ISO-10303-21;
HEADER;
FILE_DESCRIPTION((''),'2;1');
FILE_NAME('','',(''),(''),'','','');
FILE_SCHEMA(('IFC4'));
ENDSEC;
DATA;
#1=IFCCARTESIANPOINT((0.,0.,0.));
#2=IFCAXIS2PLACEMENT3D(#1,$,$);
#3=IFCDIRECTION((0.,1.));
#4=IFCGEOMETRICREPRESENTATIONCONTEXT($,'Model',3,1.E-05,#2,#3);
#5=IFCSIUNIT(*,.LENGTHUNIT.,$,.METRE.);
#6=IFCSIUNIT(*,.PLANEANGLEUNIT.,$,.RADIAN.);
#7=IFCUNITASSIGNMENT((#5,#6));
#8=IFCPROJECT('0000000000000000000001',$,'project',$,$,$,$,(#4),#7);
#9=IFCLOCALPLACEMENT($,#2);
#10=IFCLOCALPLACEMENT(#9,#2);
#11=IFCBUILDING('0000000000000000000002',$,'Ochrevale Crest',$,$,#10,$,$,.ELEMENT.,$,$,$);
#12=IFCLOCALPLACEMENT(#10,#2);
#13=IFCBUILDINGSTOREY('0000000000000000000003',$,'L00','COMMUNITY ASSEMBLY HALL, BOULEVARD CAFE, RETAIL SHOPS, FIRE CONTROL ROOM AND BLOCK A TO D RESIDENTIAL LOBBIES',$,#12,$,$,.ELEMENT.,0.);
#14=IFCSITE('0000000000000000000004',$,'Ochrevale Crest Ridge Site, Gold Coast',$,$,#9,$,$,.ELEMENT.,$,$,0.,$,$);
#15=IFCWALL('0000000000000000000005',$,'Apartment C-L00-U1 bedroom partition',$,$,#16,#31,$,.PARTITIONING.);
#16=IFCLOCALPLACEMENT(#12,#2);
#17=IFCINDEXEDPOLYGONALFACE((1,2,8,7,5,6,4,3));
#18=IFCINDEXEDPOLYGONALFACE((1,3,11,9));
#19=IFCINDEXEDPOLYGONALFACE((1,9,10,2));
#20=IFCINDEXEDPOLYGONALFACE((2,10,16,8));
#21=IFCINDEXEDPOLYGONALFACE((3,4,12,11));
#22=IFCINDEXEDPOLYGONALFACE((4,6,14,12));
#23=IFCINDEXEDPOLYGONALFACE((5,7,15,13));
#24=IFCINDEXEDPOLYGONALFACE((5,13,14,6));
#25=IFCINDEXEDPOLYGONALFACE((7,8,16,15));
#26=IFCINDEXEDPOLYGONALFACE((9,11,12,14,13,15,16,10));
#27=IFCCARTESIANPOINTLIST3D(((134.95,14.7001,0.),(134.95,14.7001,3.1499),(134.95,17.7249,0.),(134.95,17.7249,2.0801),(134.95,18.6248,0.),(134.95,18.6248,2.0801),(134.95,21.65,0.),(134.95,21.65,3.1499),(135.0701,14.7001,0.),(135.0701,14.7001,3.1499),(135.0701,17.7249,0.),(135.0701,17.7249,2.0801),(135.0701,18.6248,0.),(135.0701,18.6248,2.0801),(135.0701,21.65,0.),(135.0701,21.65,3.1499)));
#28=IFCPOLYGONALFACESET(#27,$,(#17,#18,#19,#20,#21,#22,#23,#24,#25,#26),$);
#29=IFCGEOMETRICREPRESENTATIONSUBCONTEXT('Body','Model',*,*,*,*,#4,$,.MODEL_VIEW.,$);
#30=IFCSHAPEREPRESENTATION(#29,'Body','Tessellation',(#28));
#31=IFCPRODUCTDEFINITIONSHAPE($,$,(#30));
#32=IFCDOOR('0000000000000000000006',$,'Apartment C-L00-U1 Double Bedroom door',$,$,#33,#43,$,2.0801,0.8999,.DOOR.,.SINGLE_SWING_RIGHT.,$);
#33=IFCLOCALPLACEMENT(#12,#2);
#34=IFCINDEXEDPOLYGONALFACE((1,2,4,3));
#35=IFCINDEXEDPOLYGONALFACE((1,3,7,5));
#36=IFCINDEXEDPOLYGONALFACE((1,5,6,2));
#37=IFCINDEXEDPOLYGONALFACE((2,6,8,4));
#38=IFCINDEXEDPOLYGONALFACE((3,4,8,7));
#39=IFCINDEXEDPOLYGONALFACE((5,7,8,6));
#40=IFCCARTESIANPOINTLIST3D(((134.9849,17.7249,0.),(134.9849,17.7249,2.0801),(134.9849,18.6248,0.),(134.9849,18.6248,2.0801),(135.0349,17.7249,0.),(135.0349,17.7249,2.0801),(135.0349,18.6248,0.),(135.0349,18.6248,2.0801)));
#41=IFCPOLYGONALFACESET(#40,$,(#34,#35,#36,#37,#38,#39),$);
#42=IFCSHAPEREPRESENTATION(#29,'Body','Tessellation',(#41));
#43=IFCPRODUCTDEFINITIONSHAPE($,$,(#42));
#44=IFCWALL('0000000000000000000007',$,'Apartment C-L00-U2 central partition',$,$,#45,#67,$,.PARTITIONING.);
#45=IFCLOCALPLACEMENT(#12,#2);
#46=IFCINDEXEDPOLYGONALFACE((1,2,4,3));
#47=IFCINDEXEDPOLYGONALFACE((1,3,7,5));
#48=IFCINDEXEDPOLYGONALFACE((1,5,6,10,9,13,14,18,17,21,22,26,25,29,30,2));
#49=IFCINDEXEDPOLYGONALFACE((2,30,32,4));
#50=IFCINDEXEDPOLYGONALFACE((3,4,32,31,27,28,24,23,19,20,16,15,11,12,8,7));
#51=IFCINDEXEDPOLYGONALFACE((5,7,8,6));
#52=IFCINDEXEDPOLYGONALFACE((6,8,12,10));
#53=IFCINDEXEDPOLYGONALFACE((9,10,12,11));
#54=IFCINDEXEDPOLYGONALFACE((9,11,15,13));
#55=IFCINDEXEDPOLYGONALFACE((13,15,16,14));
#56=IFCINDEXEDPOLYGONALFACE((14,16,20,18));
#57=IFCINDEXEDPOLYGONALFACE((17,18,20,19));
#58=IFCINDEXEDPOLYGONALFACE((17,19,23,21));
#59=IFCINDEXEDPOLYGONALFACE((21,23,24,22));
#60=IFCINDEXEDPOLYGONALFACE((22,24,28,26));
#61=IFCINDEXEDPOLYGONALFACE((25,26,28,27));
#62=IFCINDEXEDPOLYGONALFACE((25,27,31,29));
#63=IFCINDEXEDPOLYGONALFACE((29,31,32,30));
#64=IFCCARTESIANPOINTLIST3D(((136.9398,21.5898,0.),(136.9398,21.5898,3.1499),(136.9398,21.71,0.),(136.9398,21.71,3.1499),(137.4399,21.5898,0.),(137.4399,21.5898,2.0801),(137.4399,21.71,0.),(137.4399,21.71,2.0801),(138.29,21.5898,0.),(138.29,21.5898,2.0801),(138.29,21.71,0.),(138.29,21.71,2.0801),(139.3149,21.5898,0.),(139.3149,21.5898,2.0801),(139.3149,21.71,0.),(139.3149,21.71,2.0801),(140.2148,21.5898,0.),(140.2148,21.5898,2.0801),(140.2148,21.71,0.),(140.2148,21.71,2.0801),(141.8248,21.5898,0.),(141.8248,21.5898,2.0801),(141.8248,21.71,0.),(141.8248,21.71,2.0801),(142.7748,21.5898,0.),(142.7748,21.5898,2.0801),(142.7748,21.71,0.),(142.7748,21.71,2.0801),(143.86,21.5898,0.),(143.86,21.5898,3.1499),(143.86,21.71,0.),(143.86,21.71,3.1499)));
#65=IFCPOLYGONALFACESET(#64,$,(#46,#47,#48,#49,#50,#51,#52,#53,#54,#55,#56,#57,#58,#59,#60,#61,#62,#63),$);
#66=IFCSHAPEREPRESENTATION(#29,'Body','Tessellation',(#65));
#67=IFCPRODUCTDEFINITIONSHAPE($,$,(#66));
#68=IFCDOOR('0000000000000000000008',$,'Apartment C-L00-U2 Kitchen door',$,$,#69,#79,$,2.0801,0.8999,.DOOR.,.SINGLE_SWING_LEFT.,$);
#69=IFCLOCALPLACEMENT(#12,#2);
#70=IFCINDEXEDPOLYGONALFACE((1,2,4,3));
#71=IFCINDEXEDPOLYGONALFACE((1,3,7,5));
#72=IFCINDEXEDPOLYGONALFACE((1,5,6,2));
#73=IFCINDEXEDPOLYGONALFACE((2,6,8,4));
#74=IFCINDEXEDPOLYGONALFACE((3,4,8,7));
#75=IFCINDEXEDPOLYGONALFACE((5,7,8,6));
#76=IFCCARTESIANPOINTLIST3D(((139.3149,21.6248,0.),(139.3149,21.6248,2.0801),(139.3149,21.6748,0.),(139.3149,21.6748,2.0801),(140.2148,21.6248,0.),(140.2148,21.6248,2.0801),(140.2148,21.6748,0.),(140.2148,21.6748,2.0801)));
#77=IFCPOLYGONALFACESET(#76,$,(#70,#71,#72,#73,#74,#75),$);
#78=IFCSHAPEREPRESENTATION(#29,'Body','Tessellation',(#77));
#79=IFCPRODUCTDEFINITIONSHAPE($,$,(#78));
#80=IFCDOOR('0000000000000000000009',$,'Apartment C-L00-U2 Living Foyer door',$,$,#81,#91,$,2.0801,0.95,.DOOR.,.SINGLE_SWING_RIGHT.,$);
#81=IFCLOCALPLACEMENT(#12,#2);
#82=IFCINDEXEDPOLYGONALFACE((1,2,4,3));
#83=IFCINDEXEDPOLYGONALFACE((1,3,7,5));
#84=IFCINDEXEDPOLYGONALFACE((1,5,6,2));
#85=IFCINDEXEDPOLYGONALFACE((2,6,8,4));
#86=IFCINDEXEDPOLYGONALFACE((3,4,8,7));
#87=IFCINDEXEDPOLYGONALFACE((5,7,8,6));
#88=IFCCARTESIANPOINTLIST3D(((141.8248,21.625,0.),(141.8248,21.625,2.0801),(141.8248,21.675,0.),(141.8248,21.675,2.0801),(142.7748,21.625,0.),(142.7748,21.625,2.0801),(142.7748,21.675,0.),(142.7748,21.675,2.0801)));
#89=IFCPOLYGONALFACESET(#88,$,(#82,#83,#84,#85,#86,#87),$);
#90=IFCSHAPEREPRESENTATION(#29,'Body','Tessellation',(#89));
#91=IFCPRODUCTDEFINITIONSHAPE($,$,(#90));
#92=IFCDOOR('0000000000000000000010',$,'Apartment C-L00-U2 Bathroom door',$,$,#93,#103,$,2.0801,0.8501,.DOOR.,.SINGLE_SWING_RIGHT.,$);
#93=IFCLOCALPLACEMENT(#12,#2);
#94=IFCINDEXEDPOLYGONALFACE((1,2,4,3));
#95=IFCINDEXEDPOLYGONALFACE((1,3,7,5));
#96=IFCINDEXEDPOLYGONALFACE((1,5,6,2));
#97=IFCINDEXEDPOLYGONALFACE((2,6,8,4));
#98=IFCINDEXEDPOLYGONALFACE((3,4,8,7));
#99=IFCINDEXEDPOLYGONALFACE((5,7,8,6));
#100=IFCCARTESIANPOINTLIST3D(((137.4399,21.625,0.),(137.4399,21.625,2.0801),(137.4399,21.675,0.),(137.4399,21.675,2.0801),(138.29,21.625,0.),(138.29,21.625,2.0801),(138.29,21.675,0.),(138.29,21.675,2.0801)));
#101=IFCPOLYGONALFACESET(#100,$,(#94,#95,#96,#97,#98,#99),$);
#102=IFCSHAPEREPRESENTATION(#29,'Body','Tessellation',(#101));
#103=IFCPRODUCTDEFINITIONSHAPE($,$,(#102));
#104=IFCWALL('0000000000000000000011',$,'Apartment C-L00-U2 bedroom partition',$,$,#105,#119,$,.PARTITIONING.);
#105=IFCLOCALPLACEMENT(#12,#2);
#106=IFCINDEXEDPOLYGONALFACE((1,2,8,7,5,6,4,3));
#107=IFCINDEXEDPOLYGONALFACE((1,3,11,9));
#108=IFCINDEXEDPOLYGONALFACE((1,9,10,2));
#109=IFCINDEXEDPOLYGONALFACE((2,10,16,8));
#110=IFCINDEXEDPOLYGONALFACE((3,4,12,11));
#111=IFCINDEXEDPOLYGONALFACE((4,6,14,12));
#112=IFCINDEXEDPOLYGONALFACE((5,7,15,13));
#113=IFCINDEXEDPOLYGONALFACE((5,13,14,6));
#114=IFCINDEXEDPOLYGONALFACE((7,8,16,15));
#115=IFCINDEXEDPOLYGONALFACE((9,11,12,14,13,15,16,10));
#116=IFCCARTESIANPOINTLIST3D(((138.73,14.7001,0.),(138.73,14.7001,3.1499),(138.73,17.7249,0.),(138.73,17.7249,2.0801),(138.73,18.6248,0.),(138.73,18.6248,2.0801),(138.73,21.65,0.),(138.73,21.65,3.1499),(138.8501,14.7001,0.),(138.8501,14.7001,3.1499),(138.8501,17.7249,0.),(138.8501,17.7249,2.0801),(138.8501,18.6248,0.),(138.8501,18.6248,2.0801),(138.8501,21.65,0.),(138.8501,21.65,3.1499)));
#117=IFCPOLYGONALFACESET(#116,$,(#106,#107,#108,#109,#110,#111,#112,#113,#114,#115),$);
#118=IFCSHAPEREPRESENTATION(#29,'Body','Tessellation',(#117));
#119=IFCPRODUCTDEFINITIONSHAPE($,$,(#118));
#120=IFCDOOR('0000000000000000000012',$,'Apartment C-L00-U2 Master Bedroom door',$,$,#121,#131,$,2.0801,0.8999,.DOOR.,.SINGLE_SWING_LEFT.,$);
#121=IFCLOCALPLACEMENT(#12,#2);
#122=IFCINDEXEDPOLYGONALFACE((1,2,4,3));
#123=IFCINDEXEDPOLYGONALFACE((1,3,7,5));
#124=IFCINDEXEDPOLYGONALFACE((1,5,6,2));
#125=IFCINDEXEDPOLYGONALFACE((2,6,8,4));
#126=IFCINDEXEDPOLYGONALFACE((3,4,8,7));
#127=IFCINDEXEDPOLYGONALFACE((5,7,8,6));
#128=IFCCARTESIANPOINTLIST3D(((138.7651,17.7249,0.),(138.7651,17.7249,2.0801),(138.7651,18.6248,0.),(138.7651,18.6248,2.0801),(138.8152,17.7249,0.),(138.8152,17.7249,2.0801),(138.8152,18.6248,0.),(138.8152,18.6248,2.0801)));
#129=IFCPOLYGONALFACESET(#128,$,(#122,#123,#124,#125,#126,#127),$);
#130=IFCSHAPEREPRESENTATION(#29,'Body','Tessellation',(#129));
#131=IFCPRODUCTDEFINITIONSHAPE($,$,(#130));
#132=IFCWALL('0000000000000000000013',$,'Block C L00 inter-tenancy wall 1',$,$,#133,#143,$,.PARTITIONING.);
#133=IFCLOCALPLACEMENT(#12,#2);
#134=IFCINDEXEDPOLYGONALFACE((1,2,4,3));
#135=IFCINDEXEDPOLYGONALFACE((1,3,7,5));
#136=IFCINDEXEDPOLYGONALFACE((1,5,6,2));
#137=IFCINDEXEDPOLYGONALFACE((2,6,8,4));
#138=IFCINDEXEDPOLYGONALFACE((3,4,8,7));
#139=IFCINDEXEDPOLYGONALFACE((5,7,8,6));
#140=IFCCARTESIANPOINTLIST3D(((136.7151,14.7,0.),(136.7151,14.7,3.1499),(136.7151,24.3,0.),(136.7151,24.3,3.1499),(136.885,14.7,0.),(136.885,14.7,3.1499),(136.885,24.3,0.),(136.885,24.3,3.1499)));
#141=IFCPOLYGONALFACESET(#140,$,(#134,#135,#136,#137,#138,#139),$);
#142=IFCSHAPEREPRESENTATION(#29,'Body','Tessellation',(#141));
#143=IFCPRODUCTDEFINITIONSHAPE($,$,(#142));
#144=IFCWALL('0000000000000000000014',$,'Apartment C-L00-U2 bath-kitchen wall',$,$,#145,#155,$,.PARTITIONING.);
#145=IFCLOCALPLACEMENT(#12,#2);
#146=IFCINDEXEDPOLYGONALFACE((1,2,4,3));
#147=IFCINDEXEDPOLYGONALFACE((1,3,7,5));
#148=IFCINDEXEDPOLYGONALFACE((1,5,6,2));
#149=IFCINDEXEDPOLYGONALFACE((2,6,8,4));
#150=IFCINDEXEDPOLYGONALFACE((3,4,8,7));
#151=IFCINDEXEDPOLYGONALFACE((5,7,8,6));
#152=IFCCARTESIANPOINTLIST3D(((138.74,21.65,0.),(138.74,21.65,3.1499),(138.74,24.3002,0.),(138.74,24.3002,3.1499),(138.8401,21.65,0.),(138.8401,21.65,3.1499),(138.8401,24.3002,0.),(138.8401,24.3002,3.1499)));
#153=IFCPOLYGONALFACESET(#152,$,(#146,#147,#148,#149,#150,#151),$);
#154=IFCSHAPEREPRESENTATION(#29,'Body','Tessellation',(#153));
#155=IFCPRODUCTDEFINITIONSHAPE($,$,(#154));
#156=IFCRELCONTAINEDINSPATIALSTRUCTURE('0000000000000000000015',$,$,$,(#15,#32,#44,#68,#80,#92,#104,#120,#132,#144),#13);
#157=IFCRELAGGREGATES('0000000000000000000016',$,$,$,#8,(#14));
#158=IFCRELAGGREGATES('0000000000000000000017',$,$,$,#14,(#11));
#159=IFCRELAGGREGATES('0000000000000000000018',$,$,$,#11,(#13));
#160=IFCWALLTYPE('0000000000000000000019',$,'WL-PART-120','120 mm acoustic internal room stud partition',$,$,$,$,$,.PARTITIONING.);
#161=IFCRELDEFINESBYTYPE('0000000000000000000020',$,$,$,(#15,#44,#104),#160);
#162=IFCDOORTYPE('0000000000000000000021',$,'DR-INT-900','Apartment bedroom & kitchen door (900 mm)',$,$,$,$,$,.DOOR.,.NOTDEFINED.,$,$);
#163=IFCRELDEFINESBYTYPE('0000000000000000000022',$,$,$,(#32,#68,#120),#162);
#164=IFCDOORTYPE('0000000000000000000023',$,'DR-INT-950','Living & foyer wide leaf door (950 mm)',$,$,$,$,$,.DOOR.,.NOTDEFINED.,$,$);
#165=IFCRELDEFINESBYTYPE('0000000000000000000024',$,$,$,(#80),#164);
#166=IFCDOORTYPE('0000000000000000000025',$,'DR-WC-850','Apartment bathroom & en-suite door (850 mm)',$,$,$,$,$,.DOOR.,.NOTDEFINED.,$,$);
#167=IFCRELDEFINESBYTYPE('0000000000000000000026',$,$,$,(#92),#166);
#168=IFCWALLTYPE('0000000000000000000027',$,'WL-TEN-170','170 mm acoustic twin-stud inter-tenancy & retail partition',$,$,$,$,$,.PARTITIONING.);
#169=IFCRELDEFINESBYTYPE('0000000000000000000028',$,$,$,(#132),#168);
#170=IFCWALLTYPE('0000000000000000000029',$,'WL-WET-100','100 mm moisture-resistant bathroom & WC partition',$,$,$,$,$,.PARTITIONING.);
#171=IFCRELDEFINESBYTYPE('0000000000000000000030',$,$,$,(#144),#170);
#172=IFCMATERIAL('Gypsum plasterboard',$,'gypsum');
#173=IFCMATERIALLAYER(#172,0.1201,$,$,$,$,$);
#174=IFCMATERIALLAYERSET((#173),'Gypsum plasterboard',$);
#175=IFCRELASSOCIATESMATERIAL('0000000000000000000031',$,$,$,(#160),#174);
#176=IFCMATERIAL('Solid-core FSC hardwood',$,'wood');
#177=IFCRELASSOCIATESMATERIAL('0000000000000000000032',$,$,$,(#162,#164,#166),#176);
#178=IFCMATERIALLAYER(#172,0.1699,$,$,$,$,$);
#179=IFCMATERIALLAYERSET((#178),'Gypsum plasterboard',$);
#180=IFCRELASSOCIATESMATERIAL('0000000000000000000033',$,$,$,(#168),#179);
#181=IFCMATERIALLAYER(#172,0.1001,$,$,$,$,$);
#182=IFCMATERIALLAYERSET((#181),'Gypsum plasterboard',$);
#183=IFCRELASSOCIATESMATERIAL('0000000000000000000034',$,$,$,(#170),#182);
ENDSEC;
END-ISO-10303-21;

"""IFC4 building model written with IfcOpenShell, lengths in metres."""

from ifc_helpers import new_model, si_unit, direction, frame, frame_2d, origin, place, context, subcontext, project, spatial, rectangle, extrude, material, layer, layer_set, type_object, element, fill, save


model = new_model("IFC4")

# Units and contexts
model_context = context("Model", 3, precision=1e-05, world=origin(), true_north=direction((0.0, 1.0)))
body_context = subcontext(model_context, "Body", "Model", "MODEL_VIEW")
ifc_project = project(units=[si_unit("LENGTHUNIT", "METRE"), si_unit("PLANEANGLEUNIT", "RADIAN")], contexts=[model_context])

# Site, building, storey
site_placement = place(None, origin())
site = spatial("IfcSite", under=ifc_project, at=site_placement, Name="Ochrevale Crest Ridge Site, Gold Coast", CompositionType="ELEMENT", RefElevation=0.0)
building_placement = place(site_placement, origin())
building = spatial("IfcBuilding", under=site, at=building_placement, Name="Ochrevale Crest", CompositionType="ELEMENT")
storey_placement = place(building_placement, origin())
storey = spatial("IfcBuildingStorey", under=building, at=storey_placement, Name="L00", Description="COMMUNITY ASSEMBLY HALL, BOULEVARD CAFE, RETAIL SHOPS, FIRE CONTROL ROOM AND BLOCK A TO D RESIDENTIAL LOBBIES", CompositionType="ELEMENT", Elevation=0.0)

# Shared definitions
ifc_material_1 = material(Name="Gypsum plasterboard", Category="gypsum")
ifc_material_2 = material(Name="Solid-core FSC hardwood", Category="wood")

# Shared definitions
ifc_layer_1 = layer(ifc_material_1, 0.1201)
ifc_layer_set_1 = layer_set([ifc_layer_1], Name="Gypsum plasterboard")
wall_type_1 = type_object("IfcWallType", Name="WL-PART-120", Description="120 mm acoustic internal room stud partition", PredefinedType="PARTITIONING", material=ifc_layer_set_1)

# Wall, opening, door
wall_1_placement = place(storey_placement, frame((135.01, 14.7, 0.0), z_axis=(0.0, 0.0, 1.0), x_axis=(0.0, 1.0, 0.0)))
wall_1 = element("IfcWall", 1, at=wall_1_placement, inside=storey, type_object=wall_type_1, Name="Apartment C-L00-U1 bedroom partition", PredefinedType="PARTITIONING", context=body_context, shape_type="SweptSolid", body=[
    extrude(rectangle(XDim=6.95, YDim=0.1201, at=frame_2d((3.4751, 0.0))), origin(), (0.0, 0.0, 1.0), 3.1499),
])
opening_1_placement = place(wall_1_placement, frame((3.9248, 0.0, 0.0), z_axis=(0.0, 0.0, 1.0), x_axis=(-1.0, 0.0, 0.0)))
opening_1 = element("IfcOpeningElement", 2, at=opening_1_placement, cuts=wall_1, PredefinedType="OPENING", context=body_context, shape_type="SweptSolid", body=[
    extrude(rectangle(XDim=0.8999, YDim=2.0801, at=frame_2d((0.45, 1.04))), frame((0.0, 0.0701, 0.0), z_axis=(0.0, -1.0, 0.0), x_axis=(1.0, 0.0, 0.0)), (0.0, 0.0, 1.0), 0.1401),
])
door_type_1 = type_object("IfcDoorType", Name="DR-INT-900", Description="Apartment bedroom & kitchen door (900 mm)", OperationType="NOTDEFINED", PredefinedType="DOOR", material=ifc_material_2)
door_1_placement = place(opening_1_placement, origin())
door_1 = element("IfcDoor", 3, at=door_1_placement, inside=storey, type_object=door_type_1, Name="Apartment C-L00-U1 Double Bedroom door", OperationType="SINGLE_SWING_RIGHT", OverallHeight=2.0801, OverallWidth=0.8999, PredefinedType="DOOR", context=body_context, shape_type="SweptSolid", body=[
    extrude(rectangle(XDim=0.8999, YDim=2.0801, at=frame_2d((0.45, 1.04))), frame((0.0, 0.0249, 0.0), z_axis=(0.0, -1.0, 0.0), x_axis=(1.0, 0.0, 0.0)), (0.0, 0.0, 1.0), 0.05),
])
fill(opening_1, door_1)

# Wall, openings, doors
wall_2_placement = place(storey_placement, frame((136.9399, 21.6499, 0.0), z_axis=(0.0, 0.0, 1.0), x_axis=(1.0, 0.0, 0.0)))
wall_2 = element("IfcWall", 4, at=wall_2_placement, inside=storey, type_object=wall_type_1, Name="Apartment C-L00-U2 central partition", PredefinedType="PARTITIONING", context=body_context, shape_type="SweptSolid", body=[
    extrude(rectangle(XDim=6.9202, YDim=0.1201, at=frame_2d((3.46, 0.0))), origin(), (0.0, 0.0, 1.0), 3.1499),
])
opening_2_placement = place(wall_2_placement, frame((1.3501, 0.0, 0.0), z_axis=(0.0, 0.0, 1.0), x_axis=(-1.0, 0.0, 0.0)))
opening_2 = element("IfcOpeningElement", 5, at=opening_2_placement, cuts=wall_2, PredefinedType="OPENING", context=body_context, shape_type="SweptSolid", body=[
    extrude(rectangle(XDim=0.8501, YDim=2.0801, at=frame_2d((0.425, 1.04))), frame((0.0, 0.0701, 0.0), z_axis=(0.0, -1.0, 0.0), x_axis=(1.0, 0.0, 0.0)), (0.0, 0.0, 1.0), 0.1401),
])
opening_3_placement = place(wall_2_placement, frame((2.375, 0.0, 0.0)))
opening_3 = element("IfcOpeningElement", 6, at=opening_3_placement, cuts=wall_2, PredefinedType="OPENING", context=body_context, shape_type="SweptSolid", body=[
    extrude(rectangle(XDim=0.8999, YDim=2.0801, at=frame_2d((0.45, 1.04))), frame((0.0, 0.0701, 0.0), z_axis=(0.0, -1.0, 0.0), x_axis=(1.0, 0.0, 0.0)), (0.0, 0.0, 1.0), 0.1401),
])
opening_4_placement = place(wall_2_placement, frame((5.835, 0.0, 0.0), z_axis=(0.0, 0.0, 1.0), x_axis=(-1.0, 0.0, 0.0)))
opening_4 = element("IfcOpeningElement", 7, at=opening_4_placement, cuts=wall_2, PredefinedType="OPENING", context=body_context, shape_type="SweptSolid", body=[
    extrude(rectangle(XDim=0.95, YDim=2.0801, at=frame_2d((0.4751, 1.04))), frame((0.0, 0.0701, 0.0), z_axis=(0.0, -1.0, 0.0), x_axis=(1.0, 0.0, 0.0)), (0.0, 0.0, 1.0), 0.1401),
])
door_2_placement = place(opening_3_placement, origin())
door_2 = element("IfcDoor", 8, at=door_2_placement, inside=storey, type_object=door_type_1, Name="Apartment C-L00-U2 Kitchen door", OperationType="SINGLE_SWING_LEFT", OverallHeight=2.0801, OverallWidth=0.8999, PredefinedType="DOOR", context=body_context, shape_type="SweptSolid", body=[
    extrude(rectangle(XDim=0.8999, YDim=2.0801, at=frame_2d((0.45, 1.04))), frame((0.0, 0.0249, 0.0), z_axis=(0.0, -1.0, 0.0), x_axis=(1.0, 0.0, 0.0)), (0.0, 0.0, 1.0), 0.05),
])
fill(opening_3, door_2)
door_type_2 = type_object("IfcDoorType", Name="DR-INT-950", Description="Living & foyer wide leaf door (950 mm)", OperationType="NOTDEFINED", PredefinedType="DOOR", material=ifc_material_2)
door_3_placement = place(opening_4_placement, origin())
door_3 = element("IfcDoor", 9, at=door_3_placement, inside=storey, type_object=door_type_2, Name="Apartment C-L00-U2 Living Foyer door", OperationType="SINGLE_SWING_RIGHT", OverallHeight=2.0801, OverallWidth=0.95, PredefinedType="DOOR", context=body_context, shape_type="SweptSolid", body=[
    extrude(rectangle(XDim=0.95, YDim=2.0801, at=frame_2d((0.4751, 1.04))), frame((0.0, 0.0249, 0.0), z_axis=(0.0, -1.0, 0.0), x_axis=(1.0, 0.0, 0.0)), (0.0, 0.0, 1.0), 0.05),
])
fill(opening_4, door_3)
door_type_3 = type_object("IfcDoorType", Name="DR-WC-850", Description="Apartment bathroom & en-suite door (850 mm)", OperationType="NOTDEFINED", PredefinedType="DOOR", material=ifc_material_2)
door_4_placement = place(opening_2_placement, origin())
door_4 = element("IfcDoor", 10, at=door_4_placement, inside=storey, type_object=door_type_3, Name="Apartment C-L00-U2 Bathroom door", OperationType="SINGLE_SWING_RIGHT", OverallHeight=2.0801, OverallWidth=0.8501, PredefinedType="DOOR", context=body_context, shape_type="SweptSolid", body=[
    extrude(rectangle(XDim=0.8501, YDim=2.0801, at=frame_2d((0.425, 1.04))), frame((0.0, 0.0249, 0.0), z_axis=(0.0, -1.0, 0.0), x_axis=(1.0, 0.0, 0.0)), (0.0, 0.0, 1.0), 0.05),
])
fill(opening_2, door_4)

# Wall, opening, door
wall_3_placement = place(storey_placement, frame((138.79, 14.7, 0.0), z_axis=(0.0, 0.0, 1.0), x_axis=(0.0, 1.0, 0.0)))
wall_3 = element("IfcWall", 11, at=wall_3_placement, inside=storey, type_object=wall_type_1, Name="Apartment C-L00-U2 bedroom partition", PredefinedType="PARTITIONING", context=body_context, shape_type="SweptSolid", body=[
    extrude(rectangle(XDim=6.95, YDim=0.1201, at=frame_2d((3.4751, 0.0))), origin(), (0.0, 0.0, 1.0), 3.1499),
])
opening_5_placement = place(wall_3_placement, frame((3.0249, 0.0, 0.0)))
opening_5 = element("IfcOpeningElement", 12, at=opening_5_placement, cuts=wall_3, PredefinedType="OPENING", context=body_context, shape_type="SweptSolid", body=[
    extrude(rectangle(XDim=0.8999, YDim=2.0801, at=frame_2d((0.45, 1.04))), frame((0.0, 0.0701, 0.0), z_axis=(0.0, -1.0, 0.0), x_axis=(1.0, 0.0, 0.0)), (0.0, 0.0, 1.0), 0.1401),
])
door_5_placement = place(opening_5_placement, origin())
door_5 = element("IfcDoor", 13, at=door_5_placement, inside=storey, type_object=door_type_1, Name="Apartment C-L00-U2 Master Bedroom door", OperationType="SINGLE_SWING_LEFT", OverallHeight=2.0801, OverallWidth=0.8999, PredefinedType="DOOR", context=body_context, shape_type="SweptSolid", body=[
    extrude(rectangle(XDim=0.8999, YDim=2.0801, at=frame_2d((0.45, 1.04))), frame((0.0, 0.0249, 0.0), z_axis=(0.0, -1.0, 0.0), x_axis=(1.0, 0.0, 0.0)), (0.0, 0.0, 1.0), 0.05),
])
fill(opening_5, door_5)

# Walls
ifc_layer_2 = layer(ifc_material_1, 0.1699)
ifc_layer_set_2 = layer_set([ifc_layer_2], Name="Gypsum plasterboard")
wall_type_2 = type_object("IfcWallType", Name="WL-TEN-170", Description="170 mm acoustic twin-stud inter-tenancy & retail partition", PredefinedType="PARTITIONING", material=ifc_layer_set_2)
wall_4_placement = place(storey_placement, frame((136.8, 14.7, 0.0), z_axis=(0.0, 0.0, 1.0), x_axis=(0.0, 1.0, 0.0)))
element("IfcWall", 14, at=wall_4_placement, inside=storey, type_object=wall_type_2, Name="Block C L00 inter-tenancy wall 1", PredefinedType="PARTITIONING", context=body_context, shape_type="SweptSolid", body=[
    extrude(rectangle(XDim=9.6001, YDim=0.1699, at=frame_2d((4.8, 0.0))), origin(), (0.0, 0.0, 1.0), 3.1499),
])
ifc_layer_3 = layer(ifc_material_1, 0.1001)
ifc_layer_set_3 = layer_set([ifc_layer_3], Name="Gypsum plasterboard")
wall_type_3 = type_object("IfcWallType", Name="WL-WET-100", Description="100 mm moisture-resistant bathroom & WC partition", PredefinedType="PARTITIONING", material=ifc_layer_set_3)
wall_5_placement = place(storey_placement, frame((138.79, 21.6499, 0.0), z_axis=(0.0, 0.0, 1.0), x_axis=(0.0, 1.0, 0.0)))
element("IfcWall", 15, at=wall_5_placement, inside=storey, type_object=wall_type_3, Name="Apartment C-L00-U2 bath-kitchen wall", PredefinedType="PARTITIONING", context=body_context, shape_type="SweptSolid", body=[
    extrude(rectangle(XDim=2.6501, YDim=0.1001, at=frame_2d((1.3252, 0.0))), origin(), (0.0, 0.0, 1.0), 3.1499),
])

save(model, "model.ifc")
